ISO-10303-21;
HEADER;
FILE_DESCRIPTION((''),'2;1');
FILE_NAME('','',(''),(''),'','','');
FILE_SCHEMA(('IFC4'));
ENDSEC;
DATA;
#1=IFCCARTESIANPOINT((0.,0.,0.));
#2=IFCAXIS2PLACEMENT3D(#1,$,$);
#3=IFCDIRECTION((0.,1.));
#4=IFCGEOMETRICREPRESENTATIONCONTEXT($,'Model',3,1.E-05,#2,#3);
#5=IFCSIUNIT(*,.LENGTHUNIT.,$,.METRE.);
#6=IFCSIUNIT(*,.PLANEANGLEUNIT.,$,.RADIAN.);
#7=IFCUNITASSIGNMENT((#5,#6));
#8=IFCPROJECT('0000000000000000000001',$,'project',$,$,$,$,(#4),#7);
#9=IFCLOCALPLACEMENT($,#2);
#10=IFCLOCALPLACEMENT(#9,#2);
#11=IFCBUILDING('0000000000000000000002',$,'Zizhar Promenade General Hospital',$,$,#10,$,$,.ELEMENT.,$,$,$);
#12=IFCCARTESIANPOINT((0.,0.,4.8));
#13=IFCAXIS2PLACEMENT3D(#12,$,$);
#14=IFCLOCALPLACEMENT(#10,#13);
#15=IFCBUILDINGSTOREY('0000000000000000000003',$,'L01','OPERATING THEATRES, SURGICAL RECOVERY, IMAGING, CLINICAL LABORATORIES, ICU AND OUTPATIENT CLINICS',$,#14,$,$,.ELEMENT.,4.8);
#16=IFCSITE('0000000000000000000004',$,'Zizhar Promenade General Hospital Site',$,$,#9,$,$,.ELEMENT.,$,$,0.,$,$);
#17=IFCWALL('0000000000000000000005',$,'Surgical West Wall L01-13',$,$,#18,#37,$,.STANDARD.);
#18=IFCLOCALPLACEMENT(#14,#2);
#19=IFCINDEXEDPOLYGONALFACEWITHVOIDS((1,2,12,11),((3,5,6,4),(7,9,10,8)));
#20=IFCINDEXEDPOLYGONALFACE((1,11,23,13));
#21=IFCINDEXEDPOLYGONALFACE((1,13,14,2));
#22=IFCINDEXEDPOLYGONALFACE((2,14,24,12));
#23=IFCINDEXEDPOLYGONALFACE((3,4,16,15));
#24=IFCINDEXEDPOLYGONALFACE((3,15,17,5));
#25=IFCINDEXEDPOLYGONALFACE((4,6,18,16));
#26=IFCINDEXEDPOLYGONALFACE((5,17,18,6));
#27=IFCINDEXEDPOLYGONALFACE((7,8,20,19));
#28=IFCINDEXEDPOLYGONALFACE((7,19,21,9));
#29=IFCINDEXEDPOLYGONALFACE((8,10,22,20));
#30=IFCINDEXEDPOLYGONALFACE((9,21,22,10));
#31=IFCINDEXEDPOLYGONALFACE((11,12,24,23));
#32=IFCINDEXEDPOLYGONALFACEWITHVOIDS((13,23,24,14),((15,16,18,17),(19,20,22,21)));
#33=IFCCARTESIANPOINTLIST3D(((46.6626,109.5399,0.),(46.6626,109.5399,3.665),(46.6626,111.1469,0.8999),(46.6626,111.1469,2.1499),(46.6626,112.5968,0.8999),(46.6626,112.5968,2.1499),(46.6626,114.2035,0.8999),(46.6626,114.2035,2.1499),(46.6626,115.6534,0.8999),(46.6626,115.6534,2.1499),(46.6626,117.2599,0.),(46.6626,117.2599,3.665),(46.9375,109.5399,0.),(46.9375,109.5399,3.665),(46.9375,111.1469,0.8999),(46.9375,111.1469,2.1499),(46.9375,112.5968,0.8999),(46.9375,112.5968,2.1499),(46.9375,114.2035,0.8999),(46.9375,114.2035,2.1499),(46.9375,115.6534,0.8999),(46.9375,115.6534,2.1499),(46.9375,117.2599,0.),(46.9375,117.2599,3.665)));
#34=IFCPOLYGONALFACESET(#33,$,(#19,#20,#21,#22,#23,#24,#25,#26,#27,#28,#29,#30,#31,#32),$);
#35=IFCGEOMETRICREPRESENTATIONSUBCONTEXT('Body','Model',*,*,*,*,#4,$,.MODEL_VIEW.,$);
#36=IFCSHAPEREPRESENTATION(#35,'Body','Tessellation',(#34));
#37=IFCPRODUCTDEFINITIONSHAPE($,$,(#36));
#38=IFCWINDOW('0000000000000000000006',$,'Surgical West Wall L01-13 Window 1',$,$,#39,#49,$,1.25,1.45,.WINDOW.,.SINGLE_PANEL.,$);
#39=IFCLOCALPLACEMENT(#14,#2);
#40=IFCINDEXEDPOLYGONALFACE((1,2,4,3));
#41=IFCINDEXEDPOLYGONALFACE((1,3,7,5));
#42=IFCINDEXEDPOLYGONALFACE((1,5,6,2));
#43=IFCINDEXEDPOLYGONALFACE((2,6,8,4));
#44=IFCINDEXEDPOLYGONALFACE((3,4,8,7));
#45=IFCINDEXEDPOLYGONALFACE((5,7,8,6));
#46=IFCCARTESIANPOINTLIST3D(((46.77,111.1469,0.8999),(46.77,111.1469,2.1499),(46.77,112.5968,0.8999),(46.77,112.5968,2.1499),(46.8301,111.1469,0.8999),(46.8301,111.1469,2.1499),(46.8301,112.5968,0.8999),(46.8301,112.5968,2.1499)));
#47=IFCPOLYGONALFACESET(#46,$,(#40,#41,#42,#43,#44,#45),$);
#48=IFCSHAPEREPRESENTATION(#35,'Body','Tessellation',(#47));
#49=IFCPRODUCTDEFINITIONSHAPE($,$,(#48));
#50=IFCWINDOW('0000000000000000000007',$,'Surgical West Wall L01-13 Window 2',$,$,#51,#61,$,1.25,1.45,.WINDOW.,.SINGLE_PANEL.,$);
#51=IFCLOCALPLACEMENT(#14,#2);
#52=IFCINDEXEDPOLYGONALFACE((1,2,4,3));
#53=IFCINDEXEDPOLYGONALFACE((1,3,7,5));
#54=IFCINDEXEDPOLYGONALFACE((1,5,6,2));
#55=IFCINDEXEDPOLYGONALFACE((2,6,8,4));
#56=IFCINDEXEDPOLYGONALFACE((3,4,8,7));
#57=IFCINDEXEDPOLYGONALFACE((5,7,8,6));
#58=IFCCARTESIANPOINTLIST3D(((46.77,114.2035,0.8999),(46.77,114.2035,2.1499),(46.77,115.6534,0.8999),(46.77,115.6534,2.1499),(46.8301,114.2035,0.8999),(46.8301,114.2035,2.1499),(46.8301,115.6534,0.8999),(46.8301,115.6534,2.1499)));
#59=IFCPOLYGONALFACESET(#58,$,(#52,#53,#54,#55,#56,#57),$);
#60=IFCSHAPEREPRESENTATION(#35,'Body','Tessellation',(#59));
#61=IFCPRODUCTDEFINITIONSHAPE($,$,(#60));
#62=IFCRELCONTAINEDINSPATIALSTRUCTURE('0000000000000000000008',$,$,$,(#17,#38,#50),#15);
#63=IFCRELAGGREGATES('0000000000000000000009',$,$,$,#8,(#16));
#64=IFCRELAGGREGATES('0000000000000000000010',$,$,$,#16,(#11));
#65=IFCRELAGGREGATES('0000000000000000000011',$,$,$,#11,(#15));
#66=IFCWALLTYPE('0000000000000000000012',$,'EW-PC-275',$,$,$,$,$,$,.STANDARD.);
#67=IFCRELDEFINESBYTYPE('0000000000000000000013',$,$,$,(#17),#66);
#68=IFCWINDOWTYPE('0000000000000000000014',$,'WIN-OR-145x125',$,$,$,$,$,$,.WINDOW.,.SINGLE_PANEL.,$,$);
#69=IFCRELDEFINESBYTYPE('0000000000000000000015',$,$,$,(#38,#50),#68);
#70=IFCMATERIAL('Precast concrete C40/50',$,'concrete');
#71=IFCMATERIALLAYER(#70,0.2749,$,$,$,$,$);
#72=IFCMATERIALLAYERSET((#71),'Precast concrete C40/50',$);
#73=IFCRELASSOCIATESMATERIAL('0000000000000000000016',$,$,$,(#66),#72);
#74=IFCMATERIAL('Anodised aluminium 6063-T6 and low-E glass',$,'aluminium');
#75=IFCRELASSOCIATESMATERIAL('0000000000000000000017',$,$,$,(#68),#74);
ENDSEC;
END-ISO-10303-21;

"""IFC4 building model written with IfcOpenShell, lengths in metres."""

from ifc_helpers import new_model, si_unit, direction, frame, frame_2d, origin, place, context, subcontext, project, spatial, rectangle, extrude, material, layer, layer_set, type_object, element, fill, save


model = new_model("IFC4")

# Units and contexts
model_context = context("Model", 3, precision=1e-05, world=origin(), true_north=direction((0.0, 1.0)))
body_context = subcontext(model_context, "Body", "Model", "MODEL_VIEW")
ifc_project = project(units=[si_unit("LENGTHUNIT", "METRE"), si_unit("PLANEANGLEUNIT", "RADIAN")], contexts=[model_context])

# Site, building, storey
site_placement = place(None, origin())
site = spatial("IfcSite", under=ifc_project, at=site_placement, Name="Zizhar Promenade General Hospital Site", CompositionType="ELEMENT", RefElevation=0.0)
building_placement = place(site_placement, origin())
building = spatial("IfcBuilding", under=site, at=building_placement, Name="Zizhar Promenade General Hospital", CompositionType="ELEMENT")
storey_placement = place(building_placement, frame((0.0, 0.0, 4.8)))
storey = spatial("IfcBuildingStorey", under=building, at=storey_placement, Name="L01", Description="OPERATING THEATRES, SURGICAL RECOVERY, IMAGING, CLINICAL LABORATORIES, ICU AND OUTPATIENT CLINICS", CompositionType="ELEMENT", Elevation=4.8)

# Wall, openings, windows
ifc_material_1 = material(Name="Precast concrete C40/50", Category="concrete")
ifc_layer_1 = layer(ifc_material_1, 0.2749)
ifc_layer_set_1 = layer_set([ifc_layer_1], Name="Precast concrete C40/50")
wall_type = type_object("IfcWallType", Name="EW-PC-275", PredefinedType="STANDARD", material=ifc_layer_set_1)
wall_placement = place(storey_placement, frame((46.8, 109.54, 0.0), z_axis=(0.0, 0.0, 1.0), x_axis=(0.0, 1.0, 0.0)))
wall = element("IfcWall", 1, at=wall_placement, inside=storey, type_object=wall_type, Name="Surgical West Wall L01-13", PredefinedType="STANDARD", context=body_context, shape_type="SweptSolid", body=[
    extrude(rectangle(XDim=7.72, YDim=0.2749, at=frame_2d((3.8599, 0.0))), origin(), (0.0, 0.0, 1.0), 3.665),
])
opening_1_placement = place(wall_placement, frame((1.6067, 0.0, 0.8999)))
opening_1 = element("IfcOpeningElement", 2, at=opening_1_placement, cuts=wall, PredefinedType="OPENING", context=body_context, shape_type="SweptSolid", body=[
    extrude(rectangle(XDim=1.45, YDim=1.25, at=frame_2d((0.7251, 0.625))), frame((0.0, 0.1475, 0.0), z_axis=(0.0, -1.0, 0.0), x_axis=(1.0, 0.0, 0.0)), (0.0, 0.0, 1.0), 0.2949),
])
opening_2_placement = place(wall_placement, frame((4.6633, 0.0, 0.8999)))
opening_2 = element("IfcOpeningElement", 3, at=opening_2_placement, cuts=wall, PredefinedType="OPENING", context=body_context, shape_type="SweptSolid", body=[
    extrude(rectangle(XDim=1.45, YDim=1.25, at=frame_2d((0.7251, 0.625))), frame((0.0, 0.1475, 0.0), z_axis=(0.0, -1.0, 0.0), x_axis=(1.0, 0.0, 0.0)), (0.0, 0.0, 1.0), 0.2949),
])
ifc_material_2 = material(Name="Anodised aluminium 6063-T6 and low-E glass", Category="aluminium")
window_type = type_object("IfcWindowType", Name="WIN-OR-145x125", PartitioningType="SINGLE_PANEL", PredefinedType="WINDOW", material=ifc_material_2)
window_1_placement = place(opening_1_placement, origin())
window_1 = element("IfcWindow", 4, at=window_1_placement, inside=storey, type_object=window_type, Name="Surgical West Wall L01-13 Window 1", OverallHeight=1.25, OverallWidth=1.45, PartitioningType="SINGLE_PANEL", PredefinedType="WINDOW", context=body_context, shape_type="SweptSolid", body=[
    extrude(rectangle(XDim=1.45, YDim=1.25, at=frame_2d((0.7251, 0.625))), frame((0.0, 0.03, 0.0), z_axis=(0.0, -1.0, 0.0), x_axis=(1.0, 0.0, 0.0)), (0.0, 0.0, 1.0), 0.0601),
])
fill(opening_1, window_1)
window_2_placement = place(opening_2_placement, origin())
window_2 = element("IfcWindow", 5, at=window_2_placement, inside=storey, type_object=window_type, Name="Surgical West Wall L01-13 Window 2", OverallHeight=1.25, OverallWidth=1.45, PartitioningType="SINGLE_PANEL", PredefinedType="WINDOW", context=body_context, shape_type="SweptSolid", body=[
    extrude(rectangle(XDim=1.45, YDim=1.25, at=frame_2d((0.7251, 0.625))), frame((0.0, 0.03, 0.0), z_axis=(0.0, -1.0, 0.0), x_axis=(1.0, 0.0, 0.0)), (0.0, 0.0, 1.0), 0.0601),
])
fill(opening_2, window_2)

save(model, "model.ifc")
